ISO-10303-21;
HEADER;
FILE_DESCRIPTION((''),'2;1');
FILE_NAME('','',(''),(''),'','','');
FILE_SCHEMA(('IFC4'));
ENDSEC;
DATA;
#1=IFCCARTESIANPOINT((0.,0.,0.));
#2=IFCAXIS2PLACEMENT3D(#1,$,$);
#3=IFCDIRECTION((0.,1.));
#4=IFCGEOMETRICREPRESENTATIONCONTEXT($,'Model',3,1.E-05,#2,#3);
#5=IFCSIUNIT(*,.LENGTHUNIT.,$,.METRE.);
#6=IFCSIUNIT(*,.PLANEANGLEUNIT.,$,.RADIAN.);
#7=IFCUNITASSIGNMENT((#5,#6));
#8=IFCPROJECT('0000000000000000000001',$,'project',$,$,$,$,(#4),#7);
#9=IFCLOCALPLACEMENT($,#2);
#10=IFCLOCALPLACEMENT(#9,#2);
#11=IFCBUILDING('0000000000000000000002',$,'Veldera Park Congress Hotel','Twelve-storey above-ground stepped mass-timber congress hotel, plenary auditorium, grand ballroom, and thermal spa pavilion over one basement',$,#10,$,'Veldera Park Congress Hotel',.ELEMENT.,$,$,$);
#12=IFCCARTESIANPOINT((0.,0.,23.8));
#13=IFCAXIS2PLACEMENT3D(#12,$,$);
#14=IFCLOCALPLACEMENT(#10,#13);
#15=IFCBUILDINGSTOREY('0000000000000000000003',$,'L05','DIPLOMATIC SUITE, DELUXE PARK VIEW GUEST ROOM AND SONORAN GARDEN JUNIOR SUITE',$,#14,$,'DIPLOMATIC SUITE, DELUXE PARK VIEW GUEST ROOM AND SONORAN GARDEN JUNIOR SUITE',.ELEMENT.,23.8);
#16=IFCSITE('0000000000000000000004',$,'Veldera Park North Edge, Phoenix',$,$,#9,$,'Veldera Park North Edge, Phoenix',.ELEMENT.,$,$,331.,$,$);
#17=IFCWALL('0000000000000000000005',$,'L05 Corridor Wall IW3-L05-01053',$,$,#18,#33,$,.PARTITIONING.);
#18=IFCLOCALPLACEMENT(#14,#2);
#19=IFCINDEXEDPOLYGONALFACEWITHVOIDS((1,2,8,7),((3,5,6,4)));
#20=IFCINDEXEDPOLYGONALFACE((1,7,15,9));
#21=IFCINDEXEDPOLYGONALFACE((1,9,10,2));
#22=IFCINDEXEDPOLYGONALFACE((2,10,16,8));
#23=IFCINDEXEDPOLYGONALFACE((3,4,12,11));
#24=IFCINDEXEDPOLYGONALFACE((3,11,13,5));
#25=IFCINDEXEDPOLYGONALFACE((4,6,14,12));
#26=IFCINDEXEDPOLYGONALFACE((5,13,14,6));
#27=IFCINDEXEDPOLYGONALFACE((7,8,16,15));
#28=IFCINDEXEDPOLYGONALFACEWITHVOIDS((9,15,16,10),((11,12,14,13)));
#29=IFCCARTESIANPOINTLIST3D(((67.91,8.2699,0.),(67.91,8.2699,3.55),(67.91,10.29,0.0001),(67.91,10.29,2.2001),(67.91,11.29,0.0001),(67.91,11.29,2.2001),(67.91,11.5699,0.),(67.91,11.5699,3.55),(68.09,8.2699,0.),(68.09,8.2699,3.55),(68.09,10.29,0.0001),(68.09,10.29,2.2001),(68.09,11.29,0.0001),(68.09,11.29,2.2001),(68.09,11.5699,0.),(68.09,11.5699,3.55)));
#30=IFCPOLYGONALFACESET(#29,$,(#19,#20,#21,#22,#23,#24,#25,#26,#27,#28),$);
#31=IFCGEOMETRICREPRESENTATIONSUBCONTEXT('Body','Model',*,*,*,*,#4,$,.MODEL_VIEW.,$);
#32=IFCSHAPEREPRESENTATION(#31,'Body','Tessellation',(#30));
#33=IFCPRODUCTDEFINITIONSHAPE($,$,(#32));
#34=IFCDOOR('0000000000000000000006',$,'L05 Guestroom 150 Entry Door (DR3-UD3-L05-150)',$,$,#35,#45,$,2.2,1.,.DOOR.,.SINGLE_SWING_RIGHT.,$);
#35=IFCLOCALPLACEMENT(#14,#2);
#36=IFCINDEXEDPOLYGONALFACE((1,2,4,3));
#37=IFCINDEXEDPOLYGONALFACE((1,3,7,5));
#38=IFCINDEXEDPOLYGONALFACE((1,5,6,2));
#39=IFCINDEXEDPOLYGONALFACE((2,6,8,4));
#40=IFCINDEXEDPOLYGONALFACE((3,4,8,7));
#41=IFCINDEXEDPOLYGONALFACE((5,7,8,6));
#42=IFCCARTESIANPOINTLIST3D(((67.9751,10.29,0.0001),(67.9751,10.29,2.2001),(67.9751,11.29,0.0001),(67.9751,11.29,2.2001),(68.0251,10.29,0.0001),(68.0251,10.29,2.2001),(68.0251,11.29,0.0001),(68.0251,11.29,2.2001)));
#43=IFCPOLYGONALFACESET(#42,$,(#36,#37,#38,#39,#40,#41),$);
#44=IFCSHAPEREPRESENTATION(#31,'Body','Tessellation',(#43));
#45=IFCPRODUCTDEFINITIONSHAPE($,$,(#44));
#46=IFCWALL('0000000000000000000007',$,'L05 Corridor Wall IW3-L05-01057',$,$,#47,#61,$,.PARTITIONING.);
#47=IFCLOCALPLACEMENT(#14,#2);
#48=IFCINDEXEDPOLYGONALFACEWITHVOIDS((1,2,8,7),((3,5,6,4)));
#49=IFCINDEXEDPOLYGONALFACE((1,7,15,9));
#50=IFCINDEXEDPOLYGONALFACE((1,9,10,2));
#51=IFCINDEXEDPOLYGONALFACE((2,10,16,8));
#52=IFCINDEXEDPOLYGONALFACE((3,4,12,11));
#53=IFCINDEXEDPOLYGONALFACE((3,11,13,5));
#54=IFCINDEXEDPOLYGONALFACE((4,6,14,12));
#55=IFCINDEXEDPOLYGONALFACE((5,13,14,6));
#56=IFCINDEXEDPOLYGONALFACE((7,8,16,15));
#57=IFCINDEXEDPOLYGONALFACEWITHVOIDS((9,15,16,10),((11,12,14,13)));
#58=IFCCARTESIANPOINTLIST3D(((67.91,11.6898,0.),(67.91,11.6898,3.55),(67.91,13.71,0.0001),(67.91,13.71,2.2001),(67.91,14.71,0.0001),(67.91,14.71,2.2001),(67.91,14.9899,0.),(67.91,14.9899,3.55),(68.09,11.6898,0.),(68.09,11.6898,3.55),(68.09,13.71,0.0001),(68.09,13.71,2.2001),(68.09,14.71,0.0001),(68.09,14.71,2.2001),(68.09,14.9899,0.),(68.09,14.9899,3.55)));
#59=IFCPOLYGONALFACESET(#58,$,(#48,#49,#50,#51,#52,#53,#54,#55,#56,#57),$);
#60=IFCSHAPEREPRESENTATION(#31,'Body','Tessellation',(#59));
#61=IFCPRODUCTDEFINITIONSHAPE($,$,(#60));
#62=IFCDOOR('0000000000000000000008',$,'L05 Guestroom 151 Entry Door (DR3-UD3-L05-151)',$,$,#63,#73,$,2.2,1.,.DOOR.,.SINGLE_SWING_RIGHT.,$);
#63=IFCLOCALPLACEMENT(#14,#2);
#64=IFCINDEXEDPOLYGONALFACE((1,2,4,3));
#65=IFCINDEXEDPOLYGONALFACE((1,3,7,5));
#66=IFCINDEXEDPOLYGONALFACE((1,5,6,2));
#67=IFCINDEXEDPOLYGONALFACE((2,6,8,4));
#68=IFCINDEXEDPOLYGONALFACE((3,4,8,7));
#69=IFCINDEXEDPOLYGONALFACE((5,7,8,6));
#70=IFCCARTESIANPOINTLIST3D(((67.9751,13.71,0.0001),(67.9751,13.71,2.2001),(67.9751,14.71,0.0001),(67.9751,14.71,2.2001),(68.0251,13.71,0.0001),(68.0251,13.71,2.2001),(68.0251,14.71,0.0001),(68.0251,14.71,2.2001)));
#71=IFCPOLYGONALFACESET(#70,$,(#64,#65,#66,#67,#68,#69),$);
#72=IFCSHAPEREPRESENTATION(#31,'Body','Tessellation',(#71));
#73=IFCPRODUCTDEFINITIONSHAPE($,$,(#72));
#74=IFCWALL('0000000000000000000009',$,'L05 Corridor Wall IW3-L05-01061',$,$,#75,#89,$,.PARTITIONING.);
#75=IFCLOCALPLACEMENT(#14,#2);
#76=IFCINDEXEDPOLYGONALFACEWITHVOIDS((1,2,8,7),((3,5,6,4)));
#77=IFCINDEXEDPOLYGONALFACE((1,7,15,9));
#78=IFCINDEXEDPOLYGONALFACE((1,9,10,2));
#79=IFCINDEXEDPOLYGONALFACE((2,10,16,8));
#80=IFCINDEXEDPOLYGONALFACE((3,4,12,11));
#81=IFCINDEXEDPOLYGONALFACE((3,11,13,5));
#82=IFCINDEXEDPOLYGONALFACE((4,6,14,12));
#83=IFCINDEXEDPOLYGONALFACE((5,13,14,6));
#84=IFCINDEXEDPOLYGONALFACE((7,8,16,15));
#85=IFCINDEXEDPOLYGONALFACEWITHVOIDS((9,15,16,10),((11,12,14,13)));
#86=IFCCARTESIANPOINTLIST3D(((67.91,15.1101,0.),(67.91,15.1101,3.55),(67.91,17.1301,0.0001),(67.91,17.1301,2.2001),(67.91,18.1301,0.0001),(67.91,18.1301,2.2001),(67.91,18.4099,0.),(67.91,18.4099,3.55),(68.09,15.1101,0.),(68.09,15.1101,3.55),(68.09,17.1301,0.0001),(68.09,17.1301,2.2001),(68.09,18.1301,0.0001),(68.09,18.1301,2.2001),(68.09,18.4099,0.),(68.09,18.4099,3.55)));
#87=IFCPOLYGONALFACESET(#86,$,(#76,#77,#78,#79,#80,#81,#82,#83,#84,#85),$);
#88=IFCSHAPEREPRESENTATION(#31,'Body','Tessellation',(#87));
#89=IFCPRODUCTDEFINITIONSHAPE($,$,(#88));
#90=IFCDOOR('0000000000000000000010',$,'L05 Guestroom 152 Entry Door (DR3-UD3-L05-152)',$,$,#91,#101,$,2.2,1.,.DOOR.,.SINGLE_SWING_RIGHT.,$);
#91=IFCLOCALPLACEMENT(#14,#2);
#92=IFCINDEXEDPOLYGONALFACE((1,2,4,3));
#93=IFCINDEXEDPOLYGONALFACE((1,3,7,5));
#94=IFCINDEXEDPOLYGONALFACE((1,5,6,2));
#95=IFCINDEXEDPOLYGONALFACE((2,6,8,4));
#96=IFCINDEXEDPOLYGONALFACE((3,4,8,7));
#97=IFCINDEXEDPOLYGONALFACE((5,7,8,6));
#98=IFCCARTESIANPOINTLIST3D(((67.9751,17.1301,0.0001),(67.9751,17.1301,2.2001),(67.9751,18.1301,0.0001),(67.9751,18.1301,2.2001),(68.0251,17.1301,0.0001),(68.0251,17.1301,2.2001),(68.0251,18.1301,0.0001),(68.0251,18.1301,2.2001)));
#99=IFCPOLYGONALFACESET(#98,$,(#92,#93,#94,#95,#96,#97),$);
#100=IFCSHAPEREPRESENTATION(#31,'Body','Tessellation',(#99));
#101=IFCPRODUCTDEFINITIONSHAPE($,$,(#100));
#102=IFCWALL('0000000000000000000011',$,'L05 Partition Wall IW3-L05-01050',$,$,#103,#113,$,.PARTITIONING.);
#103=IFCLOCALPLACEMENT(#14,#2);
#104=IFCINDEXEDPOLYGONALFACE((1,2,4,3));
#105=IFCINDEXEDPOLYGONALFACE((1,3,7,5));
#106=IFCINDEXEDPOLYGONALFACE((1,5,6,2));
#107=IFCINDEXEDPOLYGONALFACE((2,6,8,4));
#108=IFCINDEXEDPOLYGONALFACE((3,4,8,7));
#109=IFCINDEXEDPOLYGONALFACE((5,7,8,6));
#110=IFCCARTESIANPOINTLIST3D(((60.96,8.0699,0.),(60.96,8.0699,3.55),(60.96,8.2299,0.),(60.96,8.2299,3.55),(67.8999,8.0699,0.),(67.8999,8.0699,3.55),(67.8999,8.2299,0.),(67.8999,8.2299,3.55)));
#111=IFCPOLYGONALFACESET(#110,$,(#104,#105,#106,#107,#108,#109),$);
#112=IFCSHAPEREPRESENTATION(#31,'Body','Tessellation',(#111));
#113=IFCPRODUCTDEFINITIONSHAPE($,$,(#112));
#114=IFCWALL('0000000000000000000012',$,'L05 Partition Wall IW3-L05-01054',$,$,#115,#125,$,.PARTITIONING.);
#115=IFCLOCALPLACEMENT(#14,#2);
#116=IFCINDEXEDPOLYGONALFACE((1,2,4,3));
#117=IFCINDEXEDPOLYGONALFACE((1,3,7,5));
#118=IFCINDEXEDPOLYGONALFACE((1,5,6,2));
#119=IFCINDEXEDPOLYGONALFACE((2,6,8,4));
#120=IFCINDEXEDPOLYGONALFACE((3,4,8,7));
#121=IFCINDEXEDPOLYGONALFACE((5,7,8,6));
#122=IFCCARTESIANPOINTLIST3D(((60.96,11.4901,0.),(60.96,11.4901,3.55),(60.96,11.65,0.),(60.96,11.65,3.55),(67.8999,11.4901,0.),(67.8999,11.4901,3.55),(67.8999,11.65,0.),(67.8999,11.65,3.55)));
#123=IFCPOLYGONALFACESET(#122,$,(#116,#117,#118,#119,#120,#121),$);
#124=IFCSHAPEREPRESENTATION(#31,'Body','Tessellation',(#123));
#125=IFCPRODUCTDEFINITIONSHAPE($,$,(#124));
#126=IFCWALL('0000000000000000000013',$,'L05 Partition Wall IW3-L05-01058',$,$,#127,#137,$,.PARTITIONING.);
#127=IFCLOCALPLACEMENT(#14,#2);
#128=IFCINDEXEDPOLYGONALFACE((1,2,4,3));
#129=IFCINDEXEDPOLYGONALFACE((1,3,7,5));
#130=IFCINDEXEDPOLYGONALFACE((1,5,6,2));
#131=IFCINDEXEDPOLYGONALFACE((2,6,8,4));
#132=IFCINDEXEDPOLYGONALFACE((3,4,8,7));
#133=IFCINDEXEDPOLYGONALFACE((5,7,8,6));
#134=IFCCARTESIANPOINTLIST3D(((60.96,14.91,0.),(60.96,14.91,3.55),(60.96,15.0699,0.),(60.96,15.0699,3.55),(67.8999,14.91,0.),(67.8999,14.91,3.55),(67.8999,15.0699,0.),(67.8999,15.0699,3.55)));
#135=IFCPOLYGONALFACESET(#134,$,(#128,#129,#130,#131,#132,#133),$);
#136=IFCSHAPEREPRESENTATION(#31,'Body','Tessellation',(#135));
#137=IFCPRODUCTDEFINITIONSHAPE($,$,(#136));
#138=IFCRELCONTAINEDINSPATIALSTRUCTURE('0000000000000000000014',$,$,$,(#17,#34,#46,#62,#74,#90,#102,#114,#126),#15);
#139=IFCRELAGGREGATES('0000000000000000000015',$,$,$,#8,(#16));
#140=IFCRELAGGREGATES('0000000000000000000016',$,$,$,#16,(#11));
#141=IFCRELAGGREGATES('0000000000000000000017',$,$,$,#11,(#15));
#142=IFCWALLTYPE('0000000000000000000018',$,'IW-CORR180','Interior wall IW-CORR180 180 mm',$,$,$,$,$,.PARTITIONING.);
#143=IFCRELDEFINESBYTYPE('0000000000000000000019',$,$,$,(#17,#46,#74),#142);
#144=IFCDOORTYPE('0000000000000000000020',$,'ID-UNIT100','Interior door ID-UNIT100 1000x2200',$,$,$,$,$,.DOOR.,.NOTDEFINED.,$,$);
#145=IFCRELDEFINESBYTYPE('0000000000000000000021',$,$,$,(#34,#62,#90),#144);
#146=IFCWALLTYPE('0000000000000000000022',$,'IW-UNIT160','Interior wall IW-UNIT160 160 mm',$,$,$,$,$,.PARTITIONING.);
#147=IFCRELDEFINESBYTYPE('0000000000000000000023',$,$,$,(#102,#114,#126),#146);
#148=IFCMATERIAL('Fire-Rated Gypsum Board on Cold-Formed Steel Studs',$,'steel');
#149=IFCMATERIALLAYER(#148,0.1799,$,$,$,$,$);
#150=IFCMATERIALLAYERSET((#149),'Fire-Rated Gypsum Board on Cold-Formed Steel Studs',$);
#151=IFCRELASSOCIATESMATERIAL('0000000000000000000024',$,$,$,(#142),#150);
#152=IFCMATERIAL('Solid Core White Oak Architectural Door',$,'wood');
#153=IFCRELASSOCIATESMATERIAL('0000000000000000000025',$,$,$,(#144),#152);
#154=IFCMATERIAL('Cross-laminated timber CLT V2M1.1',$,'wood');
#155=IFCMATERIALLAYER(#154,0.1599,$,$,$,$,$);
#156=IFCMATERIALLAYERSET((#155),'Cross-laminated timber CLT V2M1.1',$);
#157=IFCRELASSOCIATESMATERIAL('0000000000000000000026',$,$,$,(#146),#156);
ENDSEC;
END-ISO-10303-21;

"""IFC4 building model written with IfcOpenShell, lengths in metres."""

from ifc_helpers import new_model, si_unit, direction, frame, frame_2d, origin, place, context, subcontext, project, spatial, rectangle, extrude, material, layer, layer_set, type_object, element, fill, save


model = new_model("IFC4")

# Units and contexts
model_context = context("Model", 3, precision=1e-05, world=origin(), true_north=direction((0.0, 1.0)))
body_context = subcontext(model_context, "Body", "Model", "MODEL_VIEW")
ifc_project = project(units=[si_unit("LENGTHUNIT", "METRE"), si_unit("PLANEANGLEUNIT", "RADIAN")], contexts=[model_context])

# Site, building, storey
site_placement = place(None, origin())
site = spatial("IfcSite", under=ifc_project, at=site_placement, Name="Veldera Park North Edge, Phoenix", LongName="Veldera Park North Edge, Phoenix", CompositionType="ELEMENT", RefElevation=331.0)
building_placement = place(site_placement, origin())
building = spatial("IfcBuilding", under=site, at=building_placement, Name="Veldera Park Congress Hotel", Description="Twelve-storey above-ground stepped mass-timber congress hotel, plenary auditorium, grand ballroom, and thermal spa pavilion over one basement", LongName="Veldera Park Congress Hotel", CompositionType="ELEMENT")
storey_placement = place(building_placement, frame((0.0, 0.0, 23.8)))
storey = spatial("IfcBuildingStorey", under=building, at=storey_placement, Name="L05", Description="DIPLOMATIC SUITE, DELUXE PARK VIEW GUEST ROOM AND SONORAN GARDEN JUNIOR SUITE", LongName="DIPLOMATIC SUITE, DELUXE PARK VIEW GUEST ROOM AND SONORAN GARDEN JUNIOR SUITE", CompositionType="ELEMENT", Elevation=23.8)

# Shared definitions
ifc_material_1 = material(Name="Fire-Rated Gypsum Board on Cold-Formed Steel Studs", Category="steel")
ifc_material_2 = material(Name="Solid Core White Oak Architectural Door", Category="wood")

# Walls, openings, doors
ifc_layer_1 = layer(ifc_material_1, 0.1799)
ifc_layer_set_1 = layer_set([ifc_layer_1], Name="Fire-Rated Gypsum Board on Cold-Formed Steel Studs")
wall_type_1 = type_object("IfcWallType", Name="IW-CORR180", Description="Interior wall IW-CORR180 180 mm", PredefinedType="PARTITIONING", material=ifc_layer_set_1)
door_type_1 = type_object("IfcDoorType", Name="ID-UNIT100", Description="Interior door ID-UNIT100 1000x2200", OperationType="NOTDEFINED", PredefinedType="DOOR", material=ifc_material_2)
wall_1_placement = place(storey_placement, frame((68.0, 8.27, 0.0), z_axis=(0.0, 0.0, 1.0), x_axis=(0.0, 1.0, 0.0)))
wall_1 = element("IfcWall", 1, at=wall_1_placement, inside=storey, type_object=wall_type_1, Name="L05 Corridor Wall IW3-L05-01053", PredefinedType="PARTITIONING", context=body_context, shape_type="SweptSolid", body=[
    extrude(rectangle(XDim=3.3, YDim=0.1799, at=frame_2d((1.6499, 0.0))), origin(), (0.0, 0.0, 1.0), 3.55),
])
opening_1_placement = place(wall_1_placement, frame((2.02, 0.0, 0.0)))
opening_1 = element("IfcOpeningElement", 2, at=opening_1_placement, cuts=wall_1, PredefinedType="OPENING", context=body_context, shape_type="SweptSolid", body=[
    extrude(rectangle(XDim=1.0, YDim=2.2, at=frame_2d((0.5, 1.1001))), frame((0.0, 0.1021, 0.0), z_axis=(0.0, -1.0, 0.0), x_axis=(1.0, 0.0, 0.0)), (0.0, 0.0, 1.0), 0.2039),
])
door_1_placement = place(opening_1_placement, origin())
door_1 = element("IfcDoor", 3, at=door_1_placement, inside=storey, type_object=door_type_1, Name="L05 Guestroom 150 Entry Door (DR3-UD3-L05-150)", OperationType="SINGLE_SWING_RIGHT", OverallHeight=2.2, OverallWidth=1.0, PredefinedType="DOOR", context=body_context, shape_type="SweptSolid", body=[
    extrude(rectangle(XDim=1.0, YDim=2.2, at=frame_2d((0.5, 1.1001))), frame((0.0, 0.0249, 0.0), z_axis=(0.0, -1.0, 0.0), x_axis=(1.0, 0.0, 0.0)), (0.0, 0.0, 1.0), 0.05),
])
fill(opening_1, door_1)
wall_2_placement = place(storey_placement, frame((68.0, 11.6899, 0.0), z_axis=(0.0, 0.0, 1.0), x_axis=(0.0, 1.0, 0.0)))
wall_2 = element("IfcWall", 4, at=wall_2_placement, inside=storey, type_object=wall_type_1, Name="L05 Corridor Wall IW3-L05-01057", PredefinedType="PARTITIONING", context=body_context, shape_type="SweptSolid", body=[
    extrude(rectangle(XDim=3.3, YDim=0.1799, at=frame_2d((1.6499, 0.0))), origin(), (0.0, 0.0, 1.0), 3.55),
])
opening_2_placement = place(wall_2_placement, frame((2.02, 0.0, 0.0)))
opening_2 = element("IfcOpeningElement", 5, at=opening_2_placement, cuts=wall_2, PredefinedType="OPENING", context=body_context, shape_type="SweptSolid", body=[
    extrude(rectangle(XDim=1.0, YDim=2.2, at=frame_2d((0.5, 1.1001))), frame((0.0, 0.1021, 0.0), z_axis=(0.0, -1.0, 0.0), x_axis=(1.0, 0.0, 0.0)), (0.0, 0.0, 1.0), 0.2039),
])
door_2_placement = place(opening_2_placement, origin())
door_2 = element("IfcDoor", 6, at=door_2_placement, inside=storey, type_object=door_type_1, Name="L05 Guestroom 151 Entry Door (DR3-UD3-L05-151)", OperationType="SINGLE_SWING_RIGHT", OverallHeight=2.2, OverallWidth=1.0, PredefinedType="DOOR", context=body_context, shape_type="SweptSolid", body=[
    extrude(rectangle(XDim=1.0, YDim=2.2, at=frame_2d((0.5, 1.1001))), frame((0.0, 0.0249, 0.0), z_axis=(0.0, -1.0, 0.0), x_axis=(1.0, 0.0, 0.0)), (0.0, 0.0, 1.0), 0.05),
])
fill(opening_2, door_2)
wall_3_placement = place(storey_placement, frame((68.0, 15.1101, 0.0), z_axis=(0.0, 0.0, 1.0), x_axis=(0.0, 1.0, 0.0)))
wall_3 = element("IfcWall", 7, at=wall_3_placement, inside=storey, type_object=wall_type_1, Name="L05 Corridor Wall IW3-L05-01061", PredefinedType="PARTITIONING", context=body_context, shape_type="SweptSolid", body=[
    extrude(rectangle(XDim=3.2998, YDim=0.1799, at=frame_2d((1.6499, 0.0))), origin(), (0.0, 0.0, 1.0), 3.55),
])
opening_3_placement = place(wall_3_placement, frame((2.02, 0.0, 0.0)))
opening_3 = element("IfcOpeningElement", 8, at=opening_3_placement, cuts=wall_3, PredefinedType="OPENING", context=body_context, shape_type="SweptSolid", body=[
    extrude(rectangle(XDim=1.0, YDim=2.2, at=frame_2d((0.5, 1.1001))), frame((0.0, 0.1021, 0.0), z_axis=(0.0, -1.0, 0.0), x_axis=(1.0, 0.0, 0.0)), (0.0, 0.0, 1.0), 0.2039),
])
door_3_placement = place(opening_3_placement, origin())
door_3 = element("IfcDoor", 9, at=door_3_placement, inside=storey, type_object=door_type_1, Name="L05 Guestroom 152 Entry Door (DR3-UD3-L05-152)", OperationType="SINGLE_SWING_RIGHT", OverallHeight=2.2, OverallWidth=1.0, PredefinedType="DOOR", context=body_context, shape_type="SweptSolid", body=[
    extrude(rectangle(XDim=1.0, YDim=2.2, at=frame_2d((0.5, 1.1001))), frame((0.0, 0.0249, 0.0), z_axis=(0.0, -1.0, 0.0), x_axis=(1.0, 0.0, 0.0)), (0.0, 0.0, 1.0), 0.05),
])
fill(opening_3, door_3)

# Walls
ifc_material_3 = material(Name="Cross-laminated timber CLT V2M1.1", Category="wood")
ifc_layer_2 = layer(ifc_material_3, 0.1599)
ifc_layer_set_2 = layer_set([ifc_layer_2], Name="Cross-laminated timber CLT V2M1.1")
wall_type_2 = type_object("IfcWallType", Name="IW-UNIT160", Description="Interior wall IW-UNIT160 160 mm", PredefinedType="PARTITIONING", material=ifc_layer_set_2)
for number, where, z_axis, x_axis, name in (
    (10, (60.96, 8.1499, 0.0), (0.0, 0.0, 1.0), (1.0, 0.0, 0.0), "L05 Partition Wall IW3-L05-01050"),
    (11, (60.96, 11.5701, 0.0), (0.0, 0.0, 1.0), (1.0, 0.0, 0.0), "L05 Partition Wall IW3-L05-01054"),
    (12, (60.96, 14.99, 0.0), (0.0, 0.0, 1.0), (1.0, 0.0, 0.0), "L05 Partition Wall IW3-L05-01058"),
):
    element("IfcWall", number, at=place(storey_placement, frame(where, z_axis=z_axis, x_axis=x_axis)), inside=storey, type_object=wall_type_2, Name=name, PredefinedType="PARTITIONING", context=body_context, shape_type="SweptSolid", body=[
        extrude(rectangle(XDim=6.9399, YDim=0.1599, at=frame_2d((3.47, 0.0))), origin(), (0.0, 0.0, 1.0), 3.55),
    ])

save(model, "model.ifc")
